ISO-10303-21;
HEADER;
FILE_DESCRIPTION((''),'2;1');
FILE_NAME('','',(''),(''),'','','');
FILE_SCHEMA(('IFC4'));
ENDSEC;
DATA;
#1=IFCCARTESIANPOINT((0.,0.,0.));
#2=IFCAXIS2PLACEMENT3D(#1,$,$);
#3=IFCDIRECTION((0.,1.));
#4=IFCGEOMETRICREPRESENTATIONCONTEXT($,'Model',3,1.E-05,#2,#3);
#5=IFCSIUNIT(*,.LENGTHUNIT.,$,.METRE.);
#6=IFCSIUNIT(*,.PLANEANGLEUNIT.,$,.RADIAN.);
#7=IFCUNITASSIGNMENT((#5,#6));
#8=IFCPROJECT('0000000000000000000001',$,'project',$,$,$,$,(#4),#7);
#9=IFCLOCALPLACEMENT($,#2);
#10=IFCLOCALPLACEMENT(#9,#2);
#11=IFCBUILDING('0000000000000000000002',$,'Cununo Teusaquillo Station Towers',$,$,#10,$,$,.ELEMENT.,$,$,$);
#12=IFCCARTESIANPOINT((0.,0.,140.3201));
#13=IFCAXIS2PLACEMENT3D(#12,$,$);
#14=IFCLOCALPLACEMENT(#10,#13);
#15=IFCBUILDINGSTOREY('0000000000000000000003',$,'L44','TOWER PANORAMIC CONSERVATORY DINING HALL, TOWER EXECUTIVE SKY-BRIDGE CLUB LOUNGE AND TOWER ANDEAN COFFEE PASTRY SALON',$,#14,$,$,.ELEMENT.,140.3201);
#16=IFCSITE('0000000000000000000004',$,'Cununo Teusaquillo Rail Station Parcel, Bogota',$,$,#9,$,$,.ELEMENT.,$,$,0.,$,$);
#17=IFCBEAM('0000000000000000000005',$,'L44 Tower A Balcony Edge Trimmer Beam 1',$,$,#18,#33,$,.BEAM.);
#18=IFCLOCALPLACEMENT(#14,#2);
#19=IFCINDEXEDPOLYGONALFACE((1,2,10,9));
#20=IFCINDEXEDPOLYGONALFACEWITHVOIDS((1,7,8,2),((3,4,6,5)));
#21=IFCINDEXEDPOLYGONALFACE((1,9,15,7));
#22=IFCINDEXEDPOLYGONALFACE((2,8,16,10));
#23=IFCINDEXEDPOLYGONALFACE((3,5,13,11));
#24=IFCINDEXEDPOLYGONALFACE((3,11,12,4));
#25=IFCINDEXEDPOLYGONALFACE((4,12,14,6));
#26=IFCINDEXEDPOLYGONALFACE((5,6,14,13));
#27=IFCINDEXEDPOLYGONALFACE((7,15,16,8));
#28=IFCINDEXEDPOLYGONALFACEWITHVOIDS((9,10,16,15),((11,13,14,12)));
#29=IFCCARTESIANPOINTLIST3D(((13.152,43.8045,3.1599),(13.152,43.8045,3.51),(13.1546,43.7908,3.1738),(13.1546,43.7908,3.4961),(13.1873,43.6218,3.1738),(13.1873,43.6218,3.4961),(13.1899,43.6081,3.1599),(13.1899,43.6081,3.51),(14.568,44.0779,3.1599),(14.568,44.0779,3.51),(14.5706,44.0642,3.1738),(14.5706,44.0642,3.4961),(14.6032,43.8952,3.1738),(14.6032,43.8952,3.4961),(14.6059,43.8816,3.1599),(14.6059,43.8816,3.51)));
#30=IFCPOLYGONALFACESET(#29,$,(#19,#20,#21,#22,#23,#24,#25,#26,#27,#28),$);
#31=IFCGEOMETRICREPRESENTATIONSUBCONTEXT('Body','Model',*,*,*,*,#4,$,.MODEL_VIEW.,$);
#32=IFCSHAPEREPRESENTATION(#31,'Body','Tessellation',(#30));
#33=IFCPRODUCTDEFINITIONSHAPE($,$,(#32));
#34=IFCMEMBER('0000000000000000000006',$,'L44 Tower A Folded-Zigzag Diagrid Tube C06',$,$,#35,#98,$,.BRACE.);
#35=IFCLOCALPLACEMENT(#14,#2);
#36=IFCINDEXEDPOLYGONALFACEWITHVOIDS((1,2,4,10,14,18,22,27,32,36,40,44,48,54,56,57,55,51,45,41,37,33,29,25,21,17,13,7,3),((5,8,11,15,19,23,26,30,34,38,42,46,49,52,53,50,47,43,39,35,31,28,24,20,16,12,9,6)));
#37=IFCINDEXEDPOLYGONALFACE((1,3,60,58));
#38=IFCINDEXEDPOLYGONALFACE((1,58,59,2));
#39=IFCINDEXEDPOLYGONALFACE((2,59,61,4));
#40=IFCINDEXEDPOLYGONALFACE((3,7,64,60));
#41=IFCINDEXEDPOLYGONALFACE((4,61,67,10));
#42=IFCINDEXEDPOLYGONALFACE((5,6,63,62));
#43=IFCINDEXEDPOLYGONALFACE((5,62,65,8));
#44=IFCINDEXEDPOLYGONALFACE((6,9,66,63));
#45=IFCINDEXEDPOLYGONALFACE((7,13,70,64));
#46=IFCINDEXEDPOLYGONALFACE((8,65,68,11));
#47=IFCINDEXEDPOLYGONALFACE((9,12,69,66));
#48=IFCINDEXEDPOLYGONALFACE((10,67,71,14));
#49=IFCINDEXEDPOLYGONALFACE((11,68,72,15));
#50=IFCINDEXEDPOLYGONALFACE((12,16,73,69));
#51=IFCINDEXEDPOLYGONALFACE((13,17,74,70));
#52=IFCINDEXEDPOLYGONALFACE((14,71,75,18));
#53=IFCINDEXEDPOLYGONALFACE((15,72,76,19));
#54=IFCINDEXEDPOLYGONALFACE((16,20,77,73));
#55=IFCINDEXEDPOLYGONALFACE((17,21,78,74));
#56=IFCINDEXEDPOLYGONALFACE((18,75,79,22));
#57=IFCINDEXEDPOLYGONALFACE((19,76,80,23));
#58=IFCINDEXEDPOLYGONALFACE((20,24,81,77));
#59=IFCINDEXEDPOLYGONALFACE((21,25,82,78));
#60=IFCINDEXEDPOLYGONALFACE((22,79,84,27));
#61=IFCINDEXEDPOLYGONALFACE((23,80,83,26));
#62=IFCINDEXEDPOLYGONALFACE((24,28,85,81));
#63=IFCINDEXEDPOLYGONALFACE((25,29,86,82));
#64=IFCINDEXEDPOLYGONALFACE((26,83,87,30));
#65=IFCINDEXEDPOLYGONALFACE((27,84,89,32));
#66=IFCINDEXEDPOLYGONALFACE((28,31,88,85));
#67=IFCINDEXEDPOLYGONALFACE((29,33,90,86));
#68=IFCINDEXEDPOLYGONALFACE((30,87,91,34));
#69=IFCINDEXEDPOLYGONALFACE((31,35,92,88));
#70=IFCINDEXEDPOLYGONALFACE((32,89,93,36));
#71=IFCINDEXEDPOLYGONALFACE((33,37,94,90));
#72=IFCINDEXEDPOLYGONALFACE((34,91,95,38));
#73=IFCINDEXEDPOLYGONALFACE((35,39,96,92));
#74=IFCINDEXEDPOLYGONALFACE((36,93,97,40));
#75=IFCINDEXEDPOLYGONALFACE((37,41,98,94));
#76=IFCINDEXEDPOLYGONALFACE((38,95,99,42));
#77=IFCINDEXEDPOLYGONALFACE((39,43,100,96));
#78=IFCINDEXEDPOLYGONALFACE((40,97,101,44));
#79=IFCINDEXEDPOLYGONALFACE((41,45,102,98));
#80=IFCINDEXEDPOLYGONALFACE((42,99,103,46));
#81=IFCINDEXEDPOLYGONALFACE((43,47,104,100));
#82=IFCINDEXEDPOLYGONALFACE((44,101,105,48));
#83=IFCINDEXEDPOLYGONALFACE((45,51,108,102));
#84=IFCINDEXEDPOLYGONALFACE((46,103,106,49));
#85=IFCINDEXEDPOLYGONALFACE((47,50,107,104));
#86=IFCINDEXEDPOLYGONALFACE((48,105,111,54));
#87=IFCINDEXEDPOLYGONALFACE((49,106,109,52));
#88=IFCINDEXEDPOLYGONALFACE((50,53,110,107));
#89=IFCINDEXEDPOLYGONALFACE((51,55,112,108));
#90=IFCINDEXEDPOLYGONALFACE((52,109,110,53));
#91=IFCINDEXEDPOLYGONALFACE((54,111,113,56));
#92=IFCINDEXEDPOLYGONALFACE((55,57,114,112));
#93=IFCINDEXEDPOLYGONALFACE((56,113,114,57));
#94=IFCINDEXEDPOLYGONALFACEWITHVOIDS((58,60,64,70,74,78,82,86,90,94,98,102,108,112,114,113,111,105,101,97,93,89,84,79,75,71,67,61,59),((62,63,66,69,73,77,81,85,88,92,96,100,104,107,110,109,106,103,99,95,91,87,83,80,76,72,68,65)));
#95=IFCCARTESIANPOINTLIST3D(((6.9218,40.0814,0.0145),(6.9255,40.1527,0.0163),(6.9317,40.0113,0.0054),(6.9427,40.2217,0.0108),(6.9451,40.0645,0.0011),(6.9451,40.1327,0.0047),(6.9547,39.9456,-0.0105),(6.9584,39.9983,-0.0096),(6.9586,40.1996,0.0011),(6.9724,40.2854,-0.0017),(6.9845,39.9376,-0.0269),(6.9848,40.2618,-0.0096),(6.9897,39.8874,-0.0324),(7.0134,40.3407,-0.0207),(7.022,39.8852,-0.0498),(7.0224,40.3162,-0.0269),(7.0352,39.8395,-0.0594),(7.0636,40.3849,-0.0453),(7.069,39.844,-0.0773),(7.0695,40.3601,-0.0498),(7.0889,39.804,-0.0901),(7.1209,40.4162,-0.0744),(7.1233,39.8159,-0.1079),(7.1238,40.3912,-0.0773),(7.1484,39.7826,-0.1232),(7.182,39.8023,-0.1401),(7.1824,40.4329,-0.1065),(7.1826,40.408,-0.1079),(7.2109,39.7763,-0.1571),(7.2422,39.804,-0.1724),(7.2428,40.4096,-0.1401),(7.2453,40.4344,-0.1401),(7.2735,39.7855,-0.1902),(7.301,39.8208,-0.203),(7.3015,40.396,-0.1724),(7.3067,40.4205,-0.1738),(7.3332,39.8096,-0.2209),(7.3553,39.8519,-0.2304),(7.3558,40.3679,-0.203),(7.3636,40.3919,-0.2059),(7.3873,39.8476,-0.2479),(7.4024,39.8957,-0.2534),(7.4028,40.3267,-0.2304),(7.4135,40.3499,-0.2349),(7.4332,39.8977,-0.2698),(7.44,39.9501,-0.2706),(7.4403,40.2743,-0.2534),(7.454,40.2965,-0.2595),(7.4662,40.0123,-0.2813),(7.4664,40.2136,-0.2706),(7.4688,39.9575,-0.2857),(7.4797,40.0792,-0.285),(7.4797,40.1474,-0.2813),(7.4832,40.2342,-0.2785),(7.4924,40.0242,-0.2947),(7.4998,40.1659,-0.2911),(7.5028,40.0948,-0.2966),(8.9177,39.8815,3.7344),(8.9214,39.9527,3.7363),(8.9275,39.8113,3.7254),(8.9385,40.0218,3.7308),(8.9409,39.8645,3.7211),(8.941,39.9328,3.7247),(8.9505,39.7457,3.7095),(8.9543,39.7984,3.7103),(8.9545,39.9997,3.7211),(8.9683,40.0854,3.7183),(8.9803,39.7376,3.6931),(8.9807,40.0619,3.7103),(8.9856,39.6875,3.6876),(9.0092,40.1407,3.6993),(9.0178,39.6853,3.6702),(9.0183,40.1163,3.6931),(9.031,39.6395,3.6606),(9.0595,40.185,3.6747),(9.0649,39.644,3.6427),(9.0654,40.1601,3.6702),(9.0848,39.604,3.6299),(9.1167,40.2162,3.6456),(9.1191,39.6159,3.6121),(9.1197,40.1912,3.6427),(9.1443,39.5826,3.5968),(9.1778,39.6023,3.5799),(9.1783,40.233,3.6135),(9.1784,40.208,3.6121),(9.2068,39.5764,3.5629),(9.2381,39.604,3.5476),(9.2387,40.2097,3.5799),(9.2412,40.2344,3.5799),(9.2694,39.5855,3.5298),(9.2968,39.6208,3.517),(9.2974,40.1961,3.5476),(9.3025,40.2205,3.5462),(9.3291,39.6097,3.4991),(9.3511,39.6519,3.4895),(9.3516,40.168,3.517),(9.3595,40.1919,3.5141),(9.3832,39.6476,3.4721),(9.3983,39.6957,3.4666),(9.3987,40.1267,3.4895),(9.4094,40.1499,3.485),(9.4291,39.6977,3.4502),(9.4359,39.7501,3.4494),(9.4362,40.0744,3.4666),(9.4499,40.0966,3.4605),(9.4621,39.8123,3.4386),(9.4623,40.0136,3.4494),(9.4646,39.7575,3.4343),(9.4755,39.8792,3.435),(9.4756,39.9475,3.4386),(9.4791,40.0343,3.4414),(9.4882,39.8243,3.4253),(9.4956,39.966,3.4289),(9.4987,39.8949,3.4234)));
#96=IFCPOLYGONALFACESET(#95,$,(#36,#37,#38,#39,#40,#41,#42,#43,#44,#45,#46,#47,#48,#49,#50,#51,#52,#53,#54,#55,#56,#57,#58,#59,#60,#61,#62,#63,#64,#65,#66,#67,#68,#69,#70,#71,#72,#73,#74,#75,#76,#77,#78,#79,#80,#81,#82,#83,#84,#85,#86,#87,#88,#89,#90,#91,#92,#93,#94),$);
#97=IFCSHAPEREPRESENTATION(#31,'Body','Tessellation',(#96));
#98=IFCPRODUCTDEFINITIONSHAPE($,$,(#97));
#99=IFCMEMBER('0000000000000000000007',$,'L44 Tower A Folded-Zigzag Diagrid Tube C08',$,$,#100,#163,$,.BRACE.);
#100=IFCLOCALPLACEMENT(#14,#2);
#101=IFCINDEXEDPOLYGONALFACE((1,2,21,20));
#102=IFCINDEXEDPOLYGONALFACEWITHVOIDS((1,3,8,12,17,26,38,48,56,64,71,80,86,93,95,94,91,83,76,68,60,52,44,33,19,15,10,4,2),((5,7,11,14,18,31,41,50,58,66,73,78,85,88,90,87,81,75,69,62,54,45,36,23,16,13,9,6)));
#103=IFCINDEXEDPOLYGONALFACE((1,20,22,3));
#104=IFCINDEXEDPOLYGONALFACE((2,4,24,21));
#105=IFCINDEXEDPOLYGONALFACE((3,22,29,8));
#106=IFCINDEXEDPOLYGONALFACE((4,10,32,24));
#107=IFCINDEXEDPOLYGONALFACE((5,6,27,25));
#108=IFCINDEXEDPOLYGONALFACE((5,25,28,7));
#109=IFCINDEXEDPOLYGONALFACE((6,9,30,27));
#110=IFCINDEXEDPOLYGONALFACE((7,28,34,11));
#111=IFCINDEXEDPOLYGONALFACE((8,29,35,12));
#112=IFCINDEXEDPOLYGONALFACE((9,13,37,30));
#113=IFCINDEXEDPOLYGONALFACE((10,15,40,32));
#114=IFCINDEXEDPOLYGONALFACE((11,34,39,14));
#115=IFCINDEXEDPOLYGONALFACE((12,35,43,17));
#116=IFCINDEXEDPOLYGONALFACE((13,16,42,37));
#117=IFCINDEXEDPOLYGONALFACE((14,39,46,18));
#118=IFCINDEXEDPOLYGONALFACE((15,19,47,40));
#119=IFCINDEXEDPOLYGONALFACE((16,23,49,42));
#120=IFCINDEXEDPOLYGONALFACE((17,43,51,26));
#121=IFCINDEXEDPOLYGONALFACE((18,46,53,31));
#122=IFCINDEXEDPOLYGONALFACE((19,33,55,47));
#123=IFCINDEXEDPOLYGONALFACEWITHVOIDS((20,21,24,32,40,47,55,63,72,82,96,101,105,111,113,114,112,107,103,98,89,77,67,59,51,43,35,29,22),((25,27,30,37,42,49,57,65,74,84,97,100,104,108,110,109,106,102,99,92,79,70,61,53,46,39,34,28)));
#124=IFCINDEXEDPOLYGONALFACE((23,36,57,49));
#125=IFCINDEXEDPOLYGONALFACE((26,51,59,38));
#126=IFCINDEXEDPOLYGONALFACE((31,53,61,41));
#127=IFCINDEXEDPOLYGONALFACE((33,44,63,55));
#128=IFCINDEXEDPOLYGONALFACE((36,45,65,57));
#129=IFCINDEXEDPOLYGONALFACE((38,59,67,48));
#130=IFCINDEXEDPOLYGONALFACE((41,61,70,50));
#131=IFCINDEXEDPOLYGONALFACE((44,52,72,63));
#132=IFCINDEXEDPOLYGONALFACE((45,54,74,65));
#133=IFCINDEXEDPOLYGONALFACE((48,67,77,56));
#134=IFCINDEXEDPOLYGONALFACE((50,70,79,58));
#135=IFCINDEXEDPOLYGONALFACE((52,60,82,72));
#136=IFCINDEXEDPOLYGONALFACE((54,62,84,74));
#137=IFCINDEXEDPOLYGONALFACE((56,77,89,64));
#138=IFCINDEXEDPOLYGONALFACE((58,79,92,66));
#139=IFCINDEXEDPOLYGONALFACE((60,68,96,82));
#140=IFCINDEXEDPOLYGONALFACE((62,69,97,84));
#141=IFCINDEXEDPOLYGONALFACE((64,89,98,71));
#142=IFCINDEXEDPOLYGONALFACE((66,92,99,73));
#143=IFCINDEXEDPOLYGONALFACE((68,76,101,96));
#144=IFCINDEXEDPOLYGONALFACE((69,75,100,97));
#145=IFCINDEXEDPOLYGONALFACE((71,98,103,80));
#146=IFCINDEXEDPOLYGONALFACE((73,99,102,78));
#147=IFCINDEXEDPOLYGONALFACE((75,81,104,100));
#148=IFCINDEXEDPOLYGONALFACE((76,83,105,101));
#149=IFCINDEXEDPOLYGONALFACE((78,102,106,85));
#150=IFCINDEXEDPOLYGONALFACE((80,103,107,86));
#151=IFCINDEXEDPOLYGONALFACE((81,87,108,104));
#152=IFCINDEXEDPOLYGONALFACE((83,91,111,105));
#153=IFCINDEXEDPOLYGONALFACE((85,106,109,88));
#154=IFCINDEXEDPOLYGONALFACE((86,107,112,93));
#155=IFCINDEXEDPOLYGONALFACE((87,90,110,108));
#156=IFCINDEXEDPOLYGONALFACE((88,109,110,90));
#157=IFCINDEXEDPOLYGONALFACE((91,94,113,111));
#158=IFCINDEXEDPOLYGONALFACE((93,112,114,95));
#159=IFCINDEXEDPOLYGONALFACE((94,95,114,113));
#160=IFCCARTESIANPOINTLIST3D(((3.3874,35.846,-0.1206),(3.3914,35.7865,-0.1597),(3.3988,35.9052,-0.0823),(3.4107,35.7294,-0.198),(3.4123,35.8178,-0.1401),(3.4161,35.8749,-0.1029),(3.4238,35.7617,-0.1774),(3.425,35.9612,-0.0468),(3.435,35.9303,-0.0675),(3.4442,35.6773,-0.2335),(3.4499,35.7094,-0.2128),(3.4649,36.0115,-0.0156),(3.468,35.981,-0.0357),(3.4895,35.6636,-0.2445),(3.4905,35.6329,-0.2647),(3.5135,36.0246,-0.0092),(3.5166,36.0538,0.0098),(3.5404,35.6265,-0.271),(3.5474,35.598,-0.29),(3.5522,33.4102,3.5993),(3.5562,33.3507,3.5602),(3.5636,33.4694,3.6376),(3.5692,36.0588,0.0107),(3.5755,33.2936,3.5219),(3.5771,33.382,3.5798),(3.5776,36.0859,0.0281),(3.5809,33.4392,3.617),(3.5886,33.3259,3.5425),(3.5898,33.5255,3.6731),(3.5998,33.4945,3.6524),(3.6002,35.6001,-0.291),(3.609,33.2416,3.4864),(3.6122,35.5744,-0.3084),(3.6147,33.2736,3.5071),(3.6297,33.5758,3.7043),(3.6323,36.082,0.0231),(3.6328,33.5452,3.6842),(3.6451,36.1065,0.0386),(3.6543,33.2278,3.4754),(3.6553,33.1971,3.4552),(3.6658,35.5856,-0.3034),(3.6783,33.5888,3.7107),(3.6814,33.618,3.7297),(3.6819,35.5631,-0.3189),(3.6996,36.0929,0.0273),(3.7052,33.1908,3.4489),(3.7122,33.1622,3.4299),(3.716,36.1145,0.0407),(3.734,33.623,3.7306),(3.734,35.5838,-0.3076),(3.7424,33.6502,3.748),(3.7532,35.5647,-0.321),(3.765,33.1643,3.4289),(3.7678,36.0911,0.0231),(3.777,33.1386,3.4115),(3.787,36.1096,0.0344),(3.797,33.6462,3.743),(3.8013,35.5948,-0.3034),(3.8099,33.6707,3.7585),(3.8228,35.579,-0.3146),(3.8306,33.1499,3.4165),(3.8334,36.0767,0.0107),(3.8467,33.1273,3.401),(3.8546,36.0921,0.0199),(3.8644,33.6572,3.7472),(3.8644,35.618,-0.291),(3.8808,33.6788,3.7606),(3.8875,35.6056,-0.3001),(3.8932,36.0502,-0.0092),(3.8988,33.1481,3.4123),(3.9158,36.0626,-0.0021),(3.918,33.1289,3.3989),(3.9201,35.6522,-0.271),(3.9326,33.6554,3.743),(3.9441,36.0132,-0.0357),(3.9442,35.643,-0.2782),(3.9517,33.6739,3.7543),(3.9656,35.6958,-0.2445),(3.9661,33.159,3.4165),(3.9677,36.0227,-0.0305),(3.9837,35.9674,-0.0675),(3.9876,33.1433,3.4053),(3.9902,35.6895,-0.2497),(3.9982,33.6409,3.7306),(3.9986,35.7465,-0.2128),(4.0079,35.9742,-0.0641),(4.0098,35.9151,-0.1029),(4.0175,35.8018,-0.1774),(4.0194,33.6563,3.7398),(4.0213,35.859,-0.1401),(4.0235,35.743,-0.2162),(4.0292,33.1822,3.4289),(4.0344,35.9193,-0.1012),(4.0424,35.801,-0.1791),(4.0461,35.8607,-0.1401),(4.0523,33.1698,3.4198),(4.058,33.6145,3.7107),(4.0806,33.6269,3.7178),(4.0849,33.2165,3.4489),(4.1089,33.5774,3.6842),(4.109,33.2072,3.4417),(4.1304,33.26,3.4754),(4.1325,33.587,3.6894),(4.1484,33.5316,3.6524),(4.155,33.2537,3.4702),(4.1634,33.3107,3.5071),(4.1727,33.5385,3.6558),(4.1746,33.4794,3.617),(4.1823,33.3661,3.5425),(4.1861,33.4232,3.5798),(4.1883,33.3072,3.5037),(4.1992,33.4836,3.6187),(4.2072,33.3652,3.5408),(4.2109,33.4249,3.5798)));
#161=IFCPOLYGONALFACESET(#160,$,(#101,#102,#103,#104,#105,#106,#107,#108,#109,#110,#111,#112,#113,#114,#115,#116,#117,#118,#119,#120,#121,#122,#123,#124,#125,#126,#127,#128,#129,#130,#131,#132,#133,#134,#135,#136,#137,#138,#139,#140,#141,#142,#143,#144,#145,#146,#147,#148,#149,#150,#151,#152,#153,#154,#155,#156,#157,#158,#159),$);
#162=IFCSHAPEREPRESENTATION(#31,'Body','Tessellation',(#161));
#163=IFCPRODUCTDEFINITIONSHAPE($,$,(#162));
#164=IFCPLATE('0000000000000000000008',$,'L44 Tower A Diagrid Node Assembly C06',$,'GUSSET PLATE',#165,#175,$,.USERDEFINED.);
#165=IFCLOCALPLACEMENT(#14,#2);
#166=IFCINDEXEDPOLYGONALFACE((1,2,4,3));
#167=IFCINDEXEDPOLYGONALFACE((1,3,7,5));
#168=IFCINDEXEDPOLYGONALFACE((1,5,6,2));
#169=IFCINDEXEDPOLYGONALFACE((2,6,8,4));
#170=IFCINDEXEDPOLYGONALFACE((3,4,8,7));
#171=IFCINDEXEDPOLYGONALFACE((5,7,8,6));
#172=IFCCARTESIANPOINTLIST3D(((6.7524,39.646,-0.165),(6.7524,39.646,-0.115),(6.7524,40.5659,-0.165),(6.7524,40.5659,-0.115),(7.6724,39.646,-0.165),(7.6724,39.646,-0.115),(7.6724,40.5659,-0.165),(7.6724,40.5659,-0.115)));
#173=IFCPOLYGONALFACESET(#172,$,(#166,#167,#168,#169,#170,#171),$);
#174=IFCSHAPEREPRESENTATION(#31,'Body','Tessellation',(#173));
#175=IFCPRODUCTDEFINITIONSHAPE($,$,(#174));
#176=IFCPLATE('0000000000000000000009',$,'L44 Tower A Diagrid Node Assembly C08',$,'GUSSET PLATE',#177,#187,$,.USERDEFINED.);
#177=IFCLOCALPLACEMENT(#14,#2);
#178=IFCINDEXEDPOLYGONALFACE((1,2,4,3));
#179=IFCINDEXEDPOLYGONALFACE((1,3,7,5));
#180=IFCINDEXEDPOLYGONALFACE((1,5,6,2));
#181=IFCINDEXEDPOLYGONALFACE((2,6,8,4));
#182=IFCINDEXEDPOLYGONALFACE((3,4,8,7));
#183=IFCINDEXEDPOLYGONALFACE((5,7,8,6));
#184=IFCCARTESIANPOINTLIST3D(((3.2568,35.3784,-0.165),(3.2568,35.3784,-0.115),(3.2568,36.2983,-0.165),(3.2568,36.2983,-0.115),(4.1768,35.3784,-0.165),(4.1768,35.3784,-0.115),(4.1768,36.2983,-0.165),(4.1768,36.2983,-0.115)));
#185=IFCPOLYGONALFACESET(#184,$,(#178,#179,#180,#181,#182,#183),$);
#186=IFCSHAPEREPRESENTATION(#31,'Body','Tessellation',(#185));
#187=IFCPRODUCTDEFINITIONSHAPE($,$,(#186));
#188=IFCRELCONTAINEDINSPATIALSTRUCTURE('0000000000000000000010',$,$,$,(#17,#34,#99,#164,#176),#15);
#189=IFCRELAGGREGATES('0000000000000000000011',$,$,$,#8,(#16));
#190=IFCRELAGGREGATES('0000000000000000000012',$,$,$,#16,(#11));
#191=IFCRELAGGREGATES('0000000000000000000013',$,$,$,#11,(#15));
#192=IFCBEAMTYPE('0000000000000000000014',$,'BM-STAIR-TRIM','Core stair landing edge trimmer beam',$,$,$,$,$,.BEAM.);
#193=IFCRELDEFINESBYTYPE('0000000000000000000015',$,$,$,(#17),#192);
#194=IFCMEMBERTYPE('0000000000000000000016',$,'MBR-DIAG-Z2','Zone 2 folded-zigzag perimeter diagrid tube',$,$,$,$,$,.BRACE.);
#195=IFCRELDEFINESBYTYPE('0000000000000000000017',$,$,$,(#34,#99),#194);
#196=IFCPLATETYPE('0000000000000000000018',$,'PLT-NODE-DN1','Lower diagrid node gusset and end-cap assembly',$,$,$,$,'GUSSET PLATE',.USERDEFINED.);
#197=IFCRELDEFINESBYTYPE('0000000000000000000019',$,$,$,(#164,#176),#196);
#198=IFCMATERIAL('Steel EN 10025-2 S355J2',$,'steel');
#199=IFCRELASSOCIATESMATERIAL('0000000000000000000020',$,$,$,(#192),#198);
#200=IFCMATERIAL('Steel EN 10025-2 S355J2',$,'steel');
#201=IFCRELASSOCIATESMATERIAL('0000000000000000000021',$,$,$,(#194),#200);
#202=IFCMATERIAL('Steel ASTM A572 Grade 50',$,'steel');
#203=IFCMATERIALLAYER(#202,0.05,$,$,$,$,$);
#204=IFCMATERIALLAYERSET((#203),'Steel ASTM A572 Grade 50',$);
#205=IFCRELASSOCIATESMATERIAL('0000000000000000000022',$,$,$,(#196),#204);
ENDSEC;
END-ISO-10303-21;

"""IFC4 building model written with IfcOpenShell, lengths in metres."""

from ifc_helpers import new_model, si_unit, direction, frame, origin, origin_2d, place, context, subcontext, project, spatial, rectangle, hollow_rectangle, hollow_circle, extrude, source, transform, mapped, material, layer, layer_set, material_profile, profile_set, type_object, element, save


model = new_model("IFC4")

# Units and contexts
model_context = context("Model", 3, precision=1e-05, world=origin(), true_north=direction((0.0, 1.0)))
body_context = subcontext(model_context, "Body", "Model", "MODEL_VIEW")
ifc_project = project(units=[si_unit("LENGTHUNIT", "METRE"), si_unit("PLANEANGLEUNIT", "RADIAN")], contexts=[model_context])

# Site, building, storey
site_placement = place(None, origin())
site = spatial("IfcSite", under=ifc_project, at=site_placement, Name="Cununo Teusaquillo Rail Station Parcel, Bogota", CompositionType="ELEMENT", RefElevation=0.0)
building_placement = place(site_placement, origin())
building = spatial("IfcBuilding", under=site, at=building_placement, Name="Cununo Teusaquillo Station Towers", CompositionType="ELEMENT")
storey_placement = place(building_placement, frame((0.0, 0.0, 140.3201)))
storey = spatial("IfcBuildingStorey", under=building, at=storey_placement, Name="L44", Description="TOWER PANORAMIC CONSERVATORY DINING HALL, TOWER EXECUTIVE SKY-BRIDGE CLUB LOUNGE AND TOWER ANDEAN COFFEE PASTRY SALON", CompositionType="ELEMENT", Elevation=140.3201)

# Beam
ifc_material_1 = material(Name="Steel EN 10025-2 S355J2", Category="steel")
ifc_material_profile_1 = material_profile(ifc_material_1, hollow_rectangle(XDim=0.2, YDim=0.3501, WallThickness=0.0139, at=origin_2d()), Name="RHS 350x200x14")
ifc_profile_set_1 = profile_set([ifc_material_profile_1], Name="Steel EN 10025-2 S355J2")
beam_type_1 = type_object("IfcBeamType", Name="BM-STAIR-TRIM", Description="Core stair landing edge trimmer beam", PredefinedType="BEAM", material=ifc_profile_set_1)
beam_1_placement = place(storey_placement, frame((14.5869, 43.9797, 3.335), z_axis=(-0.981861, -0.189601, 0.0), x_axis=(0.189601, -0.981861, 0.0)))
element("IfcBeam", 1, at=beam_1_placement, inside=storey, type_object=beam_type_1, Name="L44 Tower A Balcony Edge Trimmer Beam 1", PredefinedType="BEAM", context=body_context, shape_type="SweptSolid", body=[
    extrude(hollow_rectangle(XDim=0.2, YDim=0.3501, WallThickness=0.0139, at=origin_2d()), origin(), (0.0, 0.0, 1.0), 1.4421),
])

# Members
ifc_material_2 = material(Name="Steel EN 10025-2 S355J2", Category="steel")
ifc_material_profile_2 = material_profile(ifc_material_2, hollow_circle(Radius=0.3301, WallThickness=0.0249, at=origin_2d()), Name="CHS 660x25")
ifc_profile_set_2 = profile_set([ifc_material_profile_2], Name="Steel EN 10025-2 S355J2")
member_type = type_object("IfcMemberType", Name="MBR-DIAG-Z2", Description="Zone 2 folded-zigzag perimeter diagrid tube", PredefinedType="BRACE", material=ifc_profile_set_2)
member_1_placement = place(storey_placement, frame((7.2124, 40.106, -0.1401), z_axis=(0.472246, -0.047311, 0.880196), x_axis=(0.099684, 0.995019, 0.0)))
element("IfcMember", 2, at=member_1_placement, inside=storey, type_object=member_type, Name="L44 Tower A Folded-Zigzag Diagrid Tube C06", PredefinedType="BRACE", context=body_context, shape_type="SweptSolid", body=[
    extrude(hollow_circle(Radius=0.3301, WallThickness=0.0249, at=origin_2d()), origin(), (0.0, 0.0, 1.0), 4.2263),
])
member_2_placement = place(storey_placement, frame((3.7168, 35.8384, -0.1401), z_axis=(0.037036, -0.547425, 0.836035), x_axis=(0.997719, 0.067501, 0.0)))
element("IfcMember", 3, at=member_2_placement, inside=storey, type_object=member_type, Name="L44 Tower A Folded-Zigzag Diagrid Tube C08", PredefinedType="BRACE", context=body_context, shape_type="SweptSolid", body=[
    extrude(hollow_circle(Radius=0.3301, WallThickness=0.0249, at=origin_2d()), origin(), (0.0, 0.0, 1.0), 4.4495),
])

# Plates
ifc_material_3 = material(Name="Steel ASTM A572 Grade 50", Category="steel")
ifc_layer_1 = layer(ifc_material_3, 0.05)
ifc_layer_set_1 = layer_set([ifc_layer_1], Name="Steel ASTM A572 Grade 50")
plate_type = type_object("IfcPlateType", Name="PLT-NODE-DN1", Description="Lower diagrid node gusset and end-cap assembly", ElementType="GUSSET PLATE", PredefinedType="USERDEFINED", material=ifc_layer_set_1)
shared_shape_1 = source(origin(), body_context, "Body", "SweptSolid", [
    extrude(rectangle(XDim=0.9199, YDim=0.9199, at=origin_2d()), origin(), (0.0, 0.0, 1.0), 0.05),
])
for number, where, z_axis, x_axis, name in (
    (4, (7.2124, 40.106, -0.165), (0.0, 0.0, 1.0), (1.0, 0.0, 0.0), "L44 Tower A Diagrid Node Assembly C06"),
    (5, (3.7168, 35.8384, -0.165), (0.0, 0.0, 1.0), (1.0, 0.0, 0.0), "L44 Tower A Diagrid Node Assembly C08"),
):
    element("IfcPlate", number, at=place(storey_placement, frame(where, z_axis=z_axis, x_axis=x_axis)), inside=storey, type_object=plate_type, Name=name, ObjectType="GUSSET PLATE", PredefinedType="USERDEFINED", context=body_context, shape_type="MappedRepresentation", body=[
        mapped(shared_shape_1, transform((0.0, 0.0, 0.0), x_axis=(1.0, 0.0, 0.0), y_axis=(0.0, 1.0, 0.0), z_axis=(0.0, 0.0, 1.0), scale=1.0)),
    ])

save(model, "model.ifc")
